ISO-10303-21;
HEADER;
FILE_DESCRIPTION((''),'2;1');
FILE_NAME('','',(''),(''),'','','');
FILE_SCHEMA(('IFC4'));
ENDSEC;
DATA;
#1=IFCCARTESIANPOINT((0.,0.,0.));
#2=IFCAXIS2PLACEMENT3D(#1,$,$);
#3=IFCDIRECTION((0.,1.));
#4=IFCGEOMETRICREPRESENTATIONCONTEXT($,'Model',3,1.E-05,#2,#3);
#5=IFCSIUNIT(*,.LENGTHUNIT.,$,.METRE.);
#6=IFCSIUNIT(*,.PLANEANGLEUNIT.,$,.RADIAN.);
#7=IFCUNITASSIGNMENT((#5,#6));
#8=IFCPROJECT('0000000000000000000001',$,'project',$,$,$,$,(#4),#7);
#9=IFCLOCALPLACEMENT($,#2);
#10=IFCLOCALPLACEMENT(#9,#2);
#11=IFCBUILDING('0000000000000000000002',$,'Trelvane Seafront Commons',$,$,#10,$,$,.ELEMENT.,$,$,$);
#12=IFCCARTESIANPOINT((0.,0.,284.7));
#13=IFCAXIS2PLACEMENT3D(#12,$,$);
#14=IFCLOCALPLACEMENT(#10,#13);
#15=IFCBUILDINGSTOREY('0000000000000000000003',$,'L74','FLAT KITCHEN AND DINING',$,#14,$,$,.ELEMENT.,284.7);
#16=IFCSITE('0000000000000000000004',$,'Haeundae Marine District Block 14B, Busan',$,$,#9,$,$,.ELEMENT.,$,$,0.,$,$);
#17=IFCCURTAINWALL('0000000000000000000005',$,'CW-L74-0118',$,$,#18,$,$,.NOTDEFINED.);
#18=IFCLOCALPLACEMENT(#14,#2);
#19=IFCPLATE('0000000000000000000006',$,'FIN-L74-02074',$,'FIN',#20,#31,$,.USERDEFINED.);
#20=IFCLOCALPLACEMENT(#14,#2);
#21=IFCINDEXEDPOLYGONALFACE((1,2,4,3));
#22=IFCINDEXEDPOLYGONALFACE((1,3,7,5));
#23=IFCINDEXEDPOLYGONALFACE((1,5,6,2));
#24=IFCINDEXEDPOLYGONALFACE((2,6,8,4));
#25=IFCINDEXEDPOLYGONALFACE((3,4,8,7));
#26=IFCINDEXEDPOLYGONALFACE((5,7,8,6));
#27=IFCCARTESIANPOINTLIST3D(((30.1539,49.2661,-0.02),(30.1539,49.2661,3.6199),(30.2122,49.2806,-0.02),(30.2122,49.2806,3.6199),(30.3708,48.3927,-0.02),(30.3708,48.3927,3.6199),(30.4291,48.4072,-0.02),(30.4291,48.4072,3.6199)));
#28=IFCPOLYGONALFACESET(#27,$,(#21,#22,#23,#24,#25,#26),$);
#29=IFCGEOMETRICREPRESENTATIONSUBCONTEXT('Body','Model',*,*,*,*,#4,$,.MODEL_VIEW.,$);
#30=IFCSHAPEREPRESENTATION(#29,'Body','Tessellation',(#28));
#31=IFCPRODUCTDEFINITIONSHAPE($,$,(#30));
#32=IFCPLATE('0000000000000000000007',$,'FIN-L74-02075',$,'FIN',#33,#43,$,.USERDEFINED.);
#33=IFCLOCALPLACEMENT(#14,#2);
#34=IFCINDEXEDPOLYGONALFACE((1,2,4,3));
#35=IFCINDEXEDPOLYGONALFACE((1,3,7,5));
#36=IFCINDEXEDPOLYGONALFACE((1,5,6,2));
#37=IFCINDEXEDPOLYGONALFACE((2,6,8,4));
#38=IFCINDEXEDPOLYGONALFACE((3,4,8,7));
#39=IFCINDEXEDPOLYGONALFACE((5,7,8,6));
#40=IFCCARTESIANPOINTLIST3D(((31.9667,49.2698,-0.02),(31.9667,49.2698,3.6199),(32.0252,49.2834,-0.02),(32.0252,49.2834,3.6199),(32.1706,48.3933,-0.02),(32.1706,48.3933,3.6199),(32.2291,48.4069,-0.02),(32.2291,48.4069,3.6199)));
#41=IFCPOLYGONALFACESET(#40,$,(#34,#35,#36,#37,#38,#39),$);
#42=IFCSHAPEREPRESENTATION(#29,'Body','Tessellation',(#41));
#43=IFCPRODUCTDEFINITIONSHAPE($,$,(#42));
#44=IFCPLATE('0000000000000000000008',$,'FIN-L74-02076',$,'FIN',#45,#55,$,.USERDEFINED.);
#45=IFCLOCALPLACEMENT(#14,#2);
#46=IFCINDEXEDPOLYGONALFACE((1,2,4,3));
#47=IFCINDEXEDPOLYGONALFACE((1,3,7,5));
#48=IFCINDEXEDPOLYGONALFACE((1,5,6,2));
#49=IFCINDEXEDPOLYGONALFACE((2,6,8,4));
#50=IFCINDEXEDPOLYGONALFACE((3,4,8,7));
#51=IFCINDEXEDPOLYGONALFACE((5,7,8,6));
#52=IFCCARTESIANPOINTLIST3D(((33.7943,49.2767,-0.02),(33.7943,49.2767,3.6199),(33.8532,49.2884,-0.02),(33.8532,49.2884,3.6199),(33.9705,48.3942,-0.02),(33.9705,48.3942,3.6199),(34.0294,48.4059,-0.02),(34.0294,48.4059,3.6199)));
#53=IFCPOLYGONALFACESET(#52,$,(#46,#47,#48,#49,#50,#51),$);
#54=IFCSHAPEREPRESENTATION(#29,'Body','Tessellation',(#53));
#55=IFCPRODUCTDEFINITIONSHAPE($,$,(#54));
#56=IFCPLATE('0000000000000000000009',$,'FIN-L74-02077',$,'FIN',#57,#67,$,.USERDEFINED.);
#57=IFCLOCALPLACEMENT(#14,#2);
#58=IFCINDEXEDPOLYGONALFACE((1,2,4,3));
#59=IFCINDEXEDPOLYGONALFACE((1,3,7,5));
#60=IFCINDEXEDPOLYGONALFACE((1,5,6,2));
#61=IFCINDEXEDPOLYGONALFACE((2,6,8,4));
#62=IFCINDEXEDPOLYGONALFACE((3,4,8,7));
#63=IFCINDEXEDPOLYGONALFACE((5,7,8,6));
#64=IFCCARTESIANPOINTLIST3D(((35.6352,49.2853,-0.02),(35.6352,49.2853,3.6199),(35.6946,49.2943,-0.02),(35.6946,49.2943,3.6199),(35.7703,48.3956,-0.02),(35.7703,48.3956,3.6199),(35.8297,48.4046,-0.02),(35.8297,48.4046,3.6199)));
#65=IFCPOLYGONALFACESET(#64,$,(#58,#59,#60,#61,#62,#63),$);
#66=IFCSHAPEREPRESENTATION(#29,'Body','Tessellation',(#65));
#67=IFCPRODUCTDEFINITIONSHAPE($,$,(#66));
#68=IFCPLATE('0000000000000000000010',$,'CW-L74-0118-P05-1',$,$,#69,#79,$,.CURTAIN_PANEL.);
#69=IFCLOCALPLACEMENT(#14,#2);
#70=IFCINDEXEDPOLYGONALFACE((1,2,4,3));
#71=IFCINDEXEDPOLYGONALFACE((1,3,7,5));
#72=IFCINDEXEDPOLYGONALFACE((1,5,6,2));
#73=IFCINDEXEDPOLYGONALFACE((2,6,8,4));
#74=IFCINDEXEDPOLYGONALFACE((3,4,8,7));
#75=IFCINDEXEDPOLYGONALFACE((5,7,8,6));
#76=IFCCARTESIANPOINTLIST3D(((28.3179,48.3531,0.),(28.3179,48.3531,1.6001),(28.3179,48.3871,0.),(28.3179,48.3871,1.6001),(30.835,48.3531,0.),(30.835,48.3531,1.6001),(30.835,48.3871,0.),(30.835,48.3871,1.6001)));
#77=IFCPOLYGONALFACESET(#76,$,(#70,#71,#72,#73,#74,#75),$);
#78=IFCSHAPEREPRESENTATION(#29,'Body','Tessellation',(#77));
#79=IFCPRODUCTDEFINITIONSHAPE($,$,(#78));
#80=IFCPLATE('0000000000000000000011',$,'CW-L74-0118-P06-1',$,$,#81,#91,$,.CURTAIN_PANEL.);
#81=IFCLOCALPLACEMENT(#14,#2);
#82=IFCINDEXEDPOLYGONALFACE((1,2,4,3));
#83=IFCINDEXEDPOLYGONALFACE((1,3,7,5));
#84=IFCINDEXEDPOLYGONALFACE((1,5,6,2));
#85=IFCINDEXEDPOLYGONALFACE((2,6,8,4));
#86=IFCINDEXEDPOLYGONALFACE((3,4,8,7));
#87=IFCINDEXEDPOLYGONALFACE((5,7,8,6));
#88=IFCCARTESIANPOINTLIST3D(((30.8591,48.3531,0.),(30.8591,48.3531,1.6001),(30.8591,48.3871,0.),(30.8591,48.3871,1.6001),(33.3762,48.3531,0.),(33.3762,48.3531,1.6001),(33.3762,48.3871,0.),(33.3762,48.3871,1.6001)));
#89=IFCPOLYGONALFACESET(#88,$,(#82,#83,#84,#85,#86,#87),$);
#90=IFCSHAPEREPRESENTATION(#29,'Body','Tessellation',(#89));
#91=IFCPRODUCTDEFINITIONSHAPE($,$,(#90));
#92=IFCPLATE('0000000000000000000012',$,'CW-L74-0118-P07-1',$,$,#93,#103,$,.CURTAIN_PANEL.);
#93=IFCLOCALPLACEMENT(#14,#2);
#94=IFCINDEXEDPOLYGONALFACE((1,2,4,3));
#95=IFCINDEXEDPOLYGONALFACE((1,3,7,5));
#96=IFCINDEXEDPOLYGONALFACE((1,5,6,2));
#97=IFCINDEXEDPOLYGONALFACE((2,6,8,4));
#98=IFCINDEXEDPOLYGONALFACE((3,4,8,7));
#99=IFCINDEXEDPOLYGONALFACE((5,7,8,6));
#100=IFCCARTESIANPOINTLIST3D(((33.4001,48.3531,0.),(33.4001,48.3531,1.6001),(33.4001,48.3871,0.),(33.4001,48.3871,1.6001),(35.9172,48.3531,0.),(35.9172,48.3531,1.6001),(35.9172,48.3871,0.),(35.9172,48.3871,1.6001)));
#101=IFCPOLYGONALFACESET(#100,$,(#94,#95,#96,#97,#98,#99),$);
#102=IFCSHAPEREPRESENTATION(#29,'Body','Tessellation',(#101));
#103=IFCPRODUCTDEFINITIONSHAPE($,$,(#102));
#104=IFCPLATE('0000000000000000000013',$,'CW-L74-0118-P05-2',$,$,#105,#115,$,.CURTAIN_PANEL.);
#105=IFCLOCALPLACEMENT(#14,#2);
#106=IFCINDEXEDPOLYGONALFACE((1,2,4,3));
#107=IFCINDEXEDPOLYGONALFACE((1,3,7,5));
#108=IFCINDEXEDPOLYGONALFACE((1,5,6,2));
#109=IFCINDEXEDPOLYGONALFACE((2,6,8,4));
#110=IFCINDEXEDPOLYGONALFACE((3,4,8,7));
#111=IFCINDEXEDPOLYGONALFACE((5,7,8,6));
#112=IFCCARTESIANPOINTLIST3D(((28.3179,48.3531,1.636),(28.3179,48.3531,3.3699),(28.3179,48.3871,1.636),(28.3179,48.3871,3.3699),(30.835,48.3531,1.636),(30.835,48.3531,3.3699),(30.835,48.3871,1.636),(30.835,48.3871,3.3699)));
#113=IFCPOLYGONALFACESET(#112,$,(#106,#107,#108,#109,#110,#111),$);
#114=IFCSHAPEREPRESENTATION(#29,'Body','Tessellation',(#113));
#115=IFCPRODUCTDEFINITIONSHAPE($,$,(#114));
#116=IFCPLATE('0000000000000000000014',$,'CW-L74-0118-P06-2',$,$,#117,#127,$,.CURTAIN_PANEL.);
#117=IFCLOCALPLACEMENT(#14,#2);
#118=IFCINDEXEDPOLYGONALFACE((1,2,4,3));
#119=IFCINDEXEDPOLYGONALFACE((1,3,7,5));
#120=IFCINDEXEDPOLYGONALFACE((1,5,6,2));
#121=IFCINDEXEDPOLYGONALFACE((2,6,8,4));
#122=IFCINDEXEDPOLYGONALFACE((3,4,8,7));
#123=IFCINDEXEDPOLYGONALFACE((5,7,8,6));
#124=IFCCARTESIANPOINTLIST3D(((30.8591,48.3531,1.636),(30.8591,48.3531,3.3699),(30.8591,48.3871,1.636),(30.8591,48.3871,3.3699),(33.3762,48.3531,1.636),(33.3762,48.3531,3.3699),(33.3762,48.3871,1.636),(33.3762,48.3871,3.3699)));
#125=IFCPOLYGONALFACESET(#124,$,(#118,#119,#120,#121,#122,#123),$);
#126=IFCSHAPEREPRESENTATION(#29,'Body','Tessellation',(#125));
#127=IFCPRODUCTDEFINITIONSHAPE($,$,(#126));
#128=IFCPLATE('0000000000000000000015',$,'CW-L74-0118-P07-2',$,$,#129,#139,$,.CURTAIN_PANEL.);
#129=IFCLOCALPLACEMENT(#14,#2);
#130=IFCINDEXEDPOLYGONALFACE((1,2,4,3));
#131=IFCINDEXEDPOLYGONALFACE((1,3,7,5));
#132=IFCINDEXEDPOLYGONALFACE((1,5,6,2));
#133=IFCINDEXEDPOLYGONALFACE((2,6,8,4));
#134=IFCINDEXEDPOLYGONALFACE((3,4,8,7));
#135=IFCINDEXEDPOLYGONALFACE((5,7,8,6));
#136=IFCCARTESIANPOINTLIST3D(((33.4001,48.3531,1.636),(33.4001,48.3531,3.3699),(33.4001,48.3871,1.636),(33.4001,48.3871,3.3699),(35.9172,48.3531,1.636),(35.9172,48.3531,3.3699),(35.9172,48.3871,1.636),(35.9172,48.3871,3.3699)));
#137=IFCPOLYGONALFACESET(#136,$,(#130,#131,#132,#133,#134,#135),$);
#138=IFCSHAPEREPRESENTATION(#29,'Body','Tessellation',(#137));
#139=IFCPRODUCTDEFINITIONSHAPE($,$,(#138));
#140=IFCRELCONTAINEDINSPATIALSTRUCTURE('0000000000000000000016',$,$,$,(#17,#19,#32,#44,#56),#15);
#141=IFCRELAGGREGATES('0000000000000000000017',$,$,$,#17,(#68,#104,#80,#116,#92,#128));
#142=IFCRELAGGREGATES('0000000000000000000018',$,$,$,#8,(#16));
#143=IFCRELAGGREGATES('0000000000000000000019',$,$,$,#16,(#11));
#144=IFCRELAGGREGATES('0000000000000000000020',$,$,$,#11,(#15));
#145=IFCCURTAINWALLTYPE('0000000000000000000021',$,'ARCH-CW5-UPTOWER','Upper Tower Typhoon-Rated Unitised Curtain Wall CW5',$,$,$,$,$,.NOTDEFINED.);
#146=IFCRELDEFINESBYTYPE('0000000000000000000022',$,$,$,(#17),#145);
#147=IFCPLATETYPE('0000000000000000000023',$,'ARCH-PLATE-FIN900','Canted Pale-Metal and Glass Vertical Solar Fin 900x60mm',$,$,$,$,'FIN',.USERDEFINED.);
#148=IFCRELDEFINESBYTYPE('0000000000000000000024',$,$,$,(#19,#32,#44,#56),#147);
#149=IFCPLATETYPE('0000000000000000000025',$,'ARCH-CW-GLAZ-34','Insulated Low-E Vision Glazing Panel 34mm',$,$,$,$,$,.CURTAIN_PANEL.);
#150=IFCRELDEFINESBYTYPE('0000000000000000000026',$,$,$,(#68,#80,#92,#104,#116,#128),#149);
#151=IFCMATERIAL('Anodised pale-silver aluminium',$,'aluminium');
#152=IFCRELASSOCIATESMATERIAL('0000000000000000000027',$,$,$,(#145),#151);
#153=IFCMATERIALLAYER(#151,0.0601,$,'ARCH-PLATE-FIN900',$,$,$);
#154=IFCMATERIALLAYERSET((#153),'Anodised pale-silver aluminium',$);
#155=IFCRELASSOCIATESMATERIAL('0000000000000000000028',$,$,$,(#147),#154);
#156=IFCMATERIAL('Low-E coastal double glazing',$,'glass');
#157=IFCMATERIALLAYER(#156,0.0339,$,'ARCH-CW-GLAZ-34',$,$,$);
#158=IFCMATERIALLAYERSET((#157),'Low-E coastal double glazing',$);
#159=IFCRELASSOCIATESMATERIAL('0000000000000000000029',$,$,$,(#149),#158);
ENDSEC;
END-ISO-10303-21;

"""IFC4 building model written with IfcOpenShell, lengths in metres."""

from ifc_helpers import new_model, si_unit, direction, frame, origin, origin_2d, place, context, subcontext, project, spatial, rectangle, extrude, source, transform, mapped, material, layer, layer_set, type_object, element, aggregate, save


model = new_model("IFC4")

# Units and contexts
model_context = context("Model", 3, precision=1e-05, world=origin(), true_north=direction((0.0, 1.0)))
body_context = subcontext(model_context, "Body", "Model", "MODEL_VIEW")
ifc_project = project(units=[si_unit("LENGTHUNIT", "METRE"), si_unit("PLANEANGLEUNIT", "RADIAN")], contexts=[model_context])

# Site, building, storey
site_placement = place(None, origin())
site = spatial("IfcSite", under=ifc_project, at=site_placement, Name="Haeundae Marine District Block 14B, Busan", CompositionType="ELEMENT", RefElevation=0.0)
building_placement = place(site_placement, origin())
building = spatial("IfcBuilding", under=site, at=building_placement, Name="Trelvane Seafront Commons", CompositionType="ELEMENT")
storey_placement = place(building_placement, frame((0.0, 0.0, 284.7)))
storey = spatial("IfcBuildingStorey", under=building, at=storey_placement, Name="L74", Description="FLAT KITCHEN AND DINING", CompositionType="ELEMENT", Elevation=284.7)

# Curtain wall
ifc_material_1 = material(Name="Anodised pale-silver aluminium", Category="aluminium")
curtain_wall_type = type_object("IfcCurtainWallType", Name="ARCH-CW5-UPTOWER", Description="Upper Tower Typhoon-Rated Unitised Curtain Wall CW5", PredefinedType="NOTDEFINED", material=ifc_material_1)
curtain_wall_placement = place(storey_placement, origin())
curtain_wall = element("IfcCurtainWall", 1, at=curtain_wall_placement, inside=storey, type_object=curtain_wall_type, Name="CW-L74-0118", PredefinedType="NOTDEFINED")

# Plates
ifc_layer_1 = layer(ifc_material_1, 0.0601, Name="ARCH-PLATE-FIN900")
ifc_layer_set_1 = layer_set([ifc_layer_1], Name="Anodised pale-silver aluminium")
plate_type_1 = type_object("IfcPlateType", Name="ARCH-PLATE-FIN900", Description="Canted Pale-Metal and Glass Vertical Solar Fin 900x60mm", ElementType="FIN", PredefinedType="USERDEFINED", material=ifc_layer_set_1)
shared_shape_1 = source(origin(), body_context, "Body", "SweptSolid", [
    extrude(rectangle(XDim=0.8999, YDim=0.0601, at=origin_2d()), origin(), (0.0, 0.0, 1.0), 3.6399),
])
for number, where, z_axis, x_axis, name in (
    (2, (30.2915, 48.8367, -0.02), (0.0, 0.0, 1.0), (-0.240992, 0.970527, 0.0), "FIN-L74-02074"),
    (3, (32.0979, 48.8384, -0.02), (0.0, 0.0, 1.0), (-0.22666, 0.973974, 0.0), "FIN-L74-02075"),
    (4, (33.9119, 48.8413, -0.02), (0.0, 0.0, 1.0), (-0.195775, 0.980649, 0.0), "FIN-L74-02076"),
    (5, (35.7324, 48.845, -0.02), (0.0, 0.0, 1.0), (-0.150112, 0.988669, 0.0), "FIN-L74-02077"),
):
    element("IfcPlate", number, at=place(storey_placement, frame(where, z_axis=z_axis, x_axis=x_axis)), inside=storey, type_object=plate_type_1, Name=name, ObjectType="FIN", PredefinedType="USERDEFINED", context=body_context, shape_type="MappedRepresentation", body=[
        mapped(shared_shape_1, transform((0.0, 0.0, 0.0), x_axis=(1.0, 0.0, 0.0), y_axis=(0.0, 1.0, 0.0), z_axis=(0.0, 0.0, 1.0), scale=1.0)),
    ])

# Plates
ifc_material_2 = material(Name="Low-E coastal double glazing", Category="glass")
ifc_layer_2 = layer(ifc_material_2, 0.0339, Name="ARCH-CW-GLAZ-34")
ifc_layer_set_2 = layer_set([ifc_layer_2], Name="Low-E coastal double glazing")
plate_type_2 = type_object("IfcPlateType", Name="ARCH-CW-GLAZ-34", Description="Insulated Low-E Vision Glazing Panel 34mm", PredefinedType="CURTAIN_PANEL", material=ifc_layer_set_2)
shared_shape_2 = source(origin(), body_context, "Body", "SweptSolid", [
    extrude(rectangle(XDim=2.5171, YDim=0.0339, at=origin_2d()), origin(), (0.0, 0.0, 1.0), 1.6001),
])
plate_1_placement = place(storey_placement, frame((29.5764, 48.3701, 0.0), z_axis=(0.0, 0.0, 1.0), x_axis=(1.0, 0.0, 0.0)))
plate_1 = element("IfcPlate", 6, at=plate_1_placement, type_object=plate_type_2, Name="CW-L74-0118-P05-1", PredefinedType="CURTAIN_PANEL", context=body_context, shape_type="MappedRepresentation", body=[
    mapped(shared_shape_2, transform((0.0, 0.0, 0.0), x_axis=(1.0, 0.0, 0.0), y_axis=(0.0, 1.0, 0.0), z_axis=(0.0, 0.0, 1.0), scale=1.0)),
])
plate_2_placement = place(storey_placement, frame((32.1177, 48.3701, 0.0), z_axis=(0.0, 0.0, 1.0), x_axis=(1.0, 0.0, 0.0)))
plate_2 = element("IfcPlate", 7, at=plate_2_placement, type_object=plate_type_2, Name="CW-L74-0118-P06-1", PredefinedType="CURTAIN_PANEL", context=body_context, shape_type="MappedRepresentation", body=[
    mapped(shared_shape_2, transform((0.0, 0.0, 0.0), x_axis=(1.0, 0.0, 0.0), y_axis=(0.0, 1.0, 0.0), z_axis=(0.0, 0.0, 1.0), scale=1.0)),
])
plate_3_placement = place(storey_placement, frame((34.6587, 48.3701, 0.0), z_axis=(0.0, 0.0, 1.0), x_axis=(1.0, 0.0, 0.0)))
plate_3 = element("IfcPlate", 8, at=plate_3_placement, type_object=plate_type_2, Name="CW-L74-0118-P07-1", PredefinedType="CURTAIN_PANEL", context=body_context, shape_type="MappedRepresentation", body=[
    mapped(shared_shape_2, transform((0.0, 0.0, 0.0), x_axis=(1.0, 0.0, 0.0), y_axis=(0.0, 1.0, 0.0), z_axis=(0.0, 0.0, 1.0), scale=1.0)),
])
shared_shape_3 = source(origin(), body_context, "Body", "SweptSolid", [
    extrude(rectangle(XDim=2.5171, YDim=0.0339, at=origin_2d()), origin(), (0.0, 0.0, 1.0), 1.7339),
])
plate_4_placement = place(storey_placement, frame((29.5764, 48.3701, 1.636), z_axis=(0.0, 0.0, 1.0), x_axis=(1.0, 0.0, 0.0)))
plate_4 = element("IfcPlate", 9, at=plate_4_placement, type_object=plate_type_2, Name="CW-L74-0118-P05-2", PredefinedType="CURTAIN_PANEL", context=body_context, shape_type="MappedRepresentation", body=[
    mapped(shared_shape_3, transform((0.0, 0.0, 0.0), x_axis=(1.0, 0.0, 0.0), y_axis=(0.0, 1.0, 0.0), z_axis=(0.0, 0.0, 1.0), scale=1.0)),
])
plate_5_placement = place(storey_placement, frame((32.1177, 48.3701, 1.636), z_axis=(0.0, 0.0, 1.0), x_axis=(1.0, 0.0, 0.0)))
plate_5 = element("IfcPlate", 10, at=plate_5_placement, type_object=plate_type_2, Name="CW-L74-0118-P06-2", PredefinedType="CURTAIN_PANEL", context=body_context, shape_type="MappedRepresentation", body=[
    mapped(shared_shape_3, transform((0.0, 0.0, 0.0), x_axis=(1.0, 0.0, 0.0), y_axis=(0.0, 1.0, 0.0), z_axis=(0.0, 0.0, 1.0), scale=1.0)),
])
plate_6_placement = place(storey_placement, frame((34.6587, 48.3701, 1.636), z_axis=(0.0, 0.0, 1.0), x_axis=(1.0, 0.0, 0.0)))
plate_6 = element("IfcPlate", 11, at=plate_6_placement, type_object=plate_type_2, Name="CW-L74-0118-P07-2", PredefinedType="CURTAIN_PANEL", context=body_context, shape_type="MappedRepresentation", body=[
    mapped(shared_shape_3, transform((0.0, 0.0, 0.0), x_axis=(1.0, 0.0, 0.0), y_axis=(0.0, 1.0, 0.0), z_axis=(0.0, 0.0, 1.0), scale=1.0)),
])
aggregate(curtain_wall, [plate_1, plate_4, plate_2, plate_5, plate_3, plate_6])

save(model, "model.ifc")
